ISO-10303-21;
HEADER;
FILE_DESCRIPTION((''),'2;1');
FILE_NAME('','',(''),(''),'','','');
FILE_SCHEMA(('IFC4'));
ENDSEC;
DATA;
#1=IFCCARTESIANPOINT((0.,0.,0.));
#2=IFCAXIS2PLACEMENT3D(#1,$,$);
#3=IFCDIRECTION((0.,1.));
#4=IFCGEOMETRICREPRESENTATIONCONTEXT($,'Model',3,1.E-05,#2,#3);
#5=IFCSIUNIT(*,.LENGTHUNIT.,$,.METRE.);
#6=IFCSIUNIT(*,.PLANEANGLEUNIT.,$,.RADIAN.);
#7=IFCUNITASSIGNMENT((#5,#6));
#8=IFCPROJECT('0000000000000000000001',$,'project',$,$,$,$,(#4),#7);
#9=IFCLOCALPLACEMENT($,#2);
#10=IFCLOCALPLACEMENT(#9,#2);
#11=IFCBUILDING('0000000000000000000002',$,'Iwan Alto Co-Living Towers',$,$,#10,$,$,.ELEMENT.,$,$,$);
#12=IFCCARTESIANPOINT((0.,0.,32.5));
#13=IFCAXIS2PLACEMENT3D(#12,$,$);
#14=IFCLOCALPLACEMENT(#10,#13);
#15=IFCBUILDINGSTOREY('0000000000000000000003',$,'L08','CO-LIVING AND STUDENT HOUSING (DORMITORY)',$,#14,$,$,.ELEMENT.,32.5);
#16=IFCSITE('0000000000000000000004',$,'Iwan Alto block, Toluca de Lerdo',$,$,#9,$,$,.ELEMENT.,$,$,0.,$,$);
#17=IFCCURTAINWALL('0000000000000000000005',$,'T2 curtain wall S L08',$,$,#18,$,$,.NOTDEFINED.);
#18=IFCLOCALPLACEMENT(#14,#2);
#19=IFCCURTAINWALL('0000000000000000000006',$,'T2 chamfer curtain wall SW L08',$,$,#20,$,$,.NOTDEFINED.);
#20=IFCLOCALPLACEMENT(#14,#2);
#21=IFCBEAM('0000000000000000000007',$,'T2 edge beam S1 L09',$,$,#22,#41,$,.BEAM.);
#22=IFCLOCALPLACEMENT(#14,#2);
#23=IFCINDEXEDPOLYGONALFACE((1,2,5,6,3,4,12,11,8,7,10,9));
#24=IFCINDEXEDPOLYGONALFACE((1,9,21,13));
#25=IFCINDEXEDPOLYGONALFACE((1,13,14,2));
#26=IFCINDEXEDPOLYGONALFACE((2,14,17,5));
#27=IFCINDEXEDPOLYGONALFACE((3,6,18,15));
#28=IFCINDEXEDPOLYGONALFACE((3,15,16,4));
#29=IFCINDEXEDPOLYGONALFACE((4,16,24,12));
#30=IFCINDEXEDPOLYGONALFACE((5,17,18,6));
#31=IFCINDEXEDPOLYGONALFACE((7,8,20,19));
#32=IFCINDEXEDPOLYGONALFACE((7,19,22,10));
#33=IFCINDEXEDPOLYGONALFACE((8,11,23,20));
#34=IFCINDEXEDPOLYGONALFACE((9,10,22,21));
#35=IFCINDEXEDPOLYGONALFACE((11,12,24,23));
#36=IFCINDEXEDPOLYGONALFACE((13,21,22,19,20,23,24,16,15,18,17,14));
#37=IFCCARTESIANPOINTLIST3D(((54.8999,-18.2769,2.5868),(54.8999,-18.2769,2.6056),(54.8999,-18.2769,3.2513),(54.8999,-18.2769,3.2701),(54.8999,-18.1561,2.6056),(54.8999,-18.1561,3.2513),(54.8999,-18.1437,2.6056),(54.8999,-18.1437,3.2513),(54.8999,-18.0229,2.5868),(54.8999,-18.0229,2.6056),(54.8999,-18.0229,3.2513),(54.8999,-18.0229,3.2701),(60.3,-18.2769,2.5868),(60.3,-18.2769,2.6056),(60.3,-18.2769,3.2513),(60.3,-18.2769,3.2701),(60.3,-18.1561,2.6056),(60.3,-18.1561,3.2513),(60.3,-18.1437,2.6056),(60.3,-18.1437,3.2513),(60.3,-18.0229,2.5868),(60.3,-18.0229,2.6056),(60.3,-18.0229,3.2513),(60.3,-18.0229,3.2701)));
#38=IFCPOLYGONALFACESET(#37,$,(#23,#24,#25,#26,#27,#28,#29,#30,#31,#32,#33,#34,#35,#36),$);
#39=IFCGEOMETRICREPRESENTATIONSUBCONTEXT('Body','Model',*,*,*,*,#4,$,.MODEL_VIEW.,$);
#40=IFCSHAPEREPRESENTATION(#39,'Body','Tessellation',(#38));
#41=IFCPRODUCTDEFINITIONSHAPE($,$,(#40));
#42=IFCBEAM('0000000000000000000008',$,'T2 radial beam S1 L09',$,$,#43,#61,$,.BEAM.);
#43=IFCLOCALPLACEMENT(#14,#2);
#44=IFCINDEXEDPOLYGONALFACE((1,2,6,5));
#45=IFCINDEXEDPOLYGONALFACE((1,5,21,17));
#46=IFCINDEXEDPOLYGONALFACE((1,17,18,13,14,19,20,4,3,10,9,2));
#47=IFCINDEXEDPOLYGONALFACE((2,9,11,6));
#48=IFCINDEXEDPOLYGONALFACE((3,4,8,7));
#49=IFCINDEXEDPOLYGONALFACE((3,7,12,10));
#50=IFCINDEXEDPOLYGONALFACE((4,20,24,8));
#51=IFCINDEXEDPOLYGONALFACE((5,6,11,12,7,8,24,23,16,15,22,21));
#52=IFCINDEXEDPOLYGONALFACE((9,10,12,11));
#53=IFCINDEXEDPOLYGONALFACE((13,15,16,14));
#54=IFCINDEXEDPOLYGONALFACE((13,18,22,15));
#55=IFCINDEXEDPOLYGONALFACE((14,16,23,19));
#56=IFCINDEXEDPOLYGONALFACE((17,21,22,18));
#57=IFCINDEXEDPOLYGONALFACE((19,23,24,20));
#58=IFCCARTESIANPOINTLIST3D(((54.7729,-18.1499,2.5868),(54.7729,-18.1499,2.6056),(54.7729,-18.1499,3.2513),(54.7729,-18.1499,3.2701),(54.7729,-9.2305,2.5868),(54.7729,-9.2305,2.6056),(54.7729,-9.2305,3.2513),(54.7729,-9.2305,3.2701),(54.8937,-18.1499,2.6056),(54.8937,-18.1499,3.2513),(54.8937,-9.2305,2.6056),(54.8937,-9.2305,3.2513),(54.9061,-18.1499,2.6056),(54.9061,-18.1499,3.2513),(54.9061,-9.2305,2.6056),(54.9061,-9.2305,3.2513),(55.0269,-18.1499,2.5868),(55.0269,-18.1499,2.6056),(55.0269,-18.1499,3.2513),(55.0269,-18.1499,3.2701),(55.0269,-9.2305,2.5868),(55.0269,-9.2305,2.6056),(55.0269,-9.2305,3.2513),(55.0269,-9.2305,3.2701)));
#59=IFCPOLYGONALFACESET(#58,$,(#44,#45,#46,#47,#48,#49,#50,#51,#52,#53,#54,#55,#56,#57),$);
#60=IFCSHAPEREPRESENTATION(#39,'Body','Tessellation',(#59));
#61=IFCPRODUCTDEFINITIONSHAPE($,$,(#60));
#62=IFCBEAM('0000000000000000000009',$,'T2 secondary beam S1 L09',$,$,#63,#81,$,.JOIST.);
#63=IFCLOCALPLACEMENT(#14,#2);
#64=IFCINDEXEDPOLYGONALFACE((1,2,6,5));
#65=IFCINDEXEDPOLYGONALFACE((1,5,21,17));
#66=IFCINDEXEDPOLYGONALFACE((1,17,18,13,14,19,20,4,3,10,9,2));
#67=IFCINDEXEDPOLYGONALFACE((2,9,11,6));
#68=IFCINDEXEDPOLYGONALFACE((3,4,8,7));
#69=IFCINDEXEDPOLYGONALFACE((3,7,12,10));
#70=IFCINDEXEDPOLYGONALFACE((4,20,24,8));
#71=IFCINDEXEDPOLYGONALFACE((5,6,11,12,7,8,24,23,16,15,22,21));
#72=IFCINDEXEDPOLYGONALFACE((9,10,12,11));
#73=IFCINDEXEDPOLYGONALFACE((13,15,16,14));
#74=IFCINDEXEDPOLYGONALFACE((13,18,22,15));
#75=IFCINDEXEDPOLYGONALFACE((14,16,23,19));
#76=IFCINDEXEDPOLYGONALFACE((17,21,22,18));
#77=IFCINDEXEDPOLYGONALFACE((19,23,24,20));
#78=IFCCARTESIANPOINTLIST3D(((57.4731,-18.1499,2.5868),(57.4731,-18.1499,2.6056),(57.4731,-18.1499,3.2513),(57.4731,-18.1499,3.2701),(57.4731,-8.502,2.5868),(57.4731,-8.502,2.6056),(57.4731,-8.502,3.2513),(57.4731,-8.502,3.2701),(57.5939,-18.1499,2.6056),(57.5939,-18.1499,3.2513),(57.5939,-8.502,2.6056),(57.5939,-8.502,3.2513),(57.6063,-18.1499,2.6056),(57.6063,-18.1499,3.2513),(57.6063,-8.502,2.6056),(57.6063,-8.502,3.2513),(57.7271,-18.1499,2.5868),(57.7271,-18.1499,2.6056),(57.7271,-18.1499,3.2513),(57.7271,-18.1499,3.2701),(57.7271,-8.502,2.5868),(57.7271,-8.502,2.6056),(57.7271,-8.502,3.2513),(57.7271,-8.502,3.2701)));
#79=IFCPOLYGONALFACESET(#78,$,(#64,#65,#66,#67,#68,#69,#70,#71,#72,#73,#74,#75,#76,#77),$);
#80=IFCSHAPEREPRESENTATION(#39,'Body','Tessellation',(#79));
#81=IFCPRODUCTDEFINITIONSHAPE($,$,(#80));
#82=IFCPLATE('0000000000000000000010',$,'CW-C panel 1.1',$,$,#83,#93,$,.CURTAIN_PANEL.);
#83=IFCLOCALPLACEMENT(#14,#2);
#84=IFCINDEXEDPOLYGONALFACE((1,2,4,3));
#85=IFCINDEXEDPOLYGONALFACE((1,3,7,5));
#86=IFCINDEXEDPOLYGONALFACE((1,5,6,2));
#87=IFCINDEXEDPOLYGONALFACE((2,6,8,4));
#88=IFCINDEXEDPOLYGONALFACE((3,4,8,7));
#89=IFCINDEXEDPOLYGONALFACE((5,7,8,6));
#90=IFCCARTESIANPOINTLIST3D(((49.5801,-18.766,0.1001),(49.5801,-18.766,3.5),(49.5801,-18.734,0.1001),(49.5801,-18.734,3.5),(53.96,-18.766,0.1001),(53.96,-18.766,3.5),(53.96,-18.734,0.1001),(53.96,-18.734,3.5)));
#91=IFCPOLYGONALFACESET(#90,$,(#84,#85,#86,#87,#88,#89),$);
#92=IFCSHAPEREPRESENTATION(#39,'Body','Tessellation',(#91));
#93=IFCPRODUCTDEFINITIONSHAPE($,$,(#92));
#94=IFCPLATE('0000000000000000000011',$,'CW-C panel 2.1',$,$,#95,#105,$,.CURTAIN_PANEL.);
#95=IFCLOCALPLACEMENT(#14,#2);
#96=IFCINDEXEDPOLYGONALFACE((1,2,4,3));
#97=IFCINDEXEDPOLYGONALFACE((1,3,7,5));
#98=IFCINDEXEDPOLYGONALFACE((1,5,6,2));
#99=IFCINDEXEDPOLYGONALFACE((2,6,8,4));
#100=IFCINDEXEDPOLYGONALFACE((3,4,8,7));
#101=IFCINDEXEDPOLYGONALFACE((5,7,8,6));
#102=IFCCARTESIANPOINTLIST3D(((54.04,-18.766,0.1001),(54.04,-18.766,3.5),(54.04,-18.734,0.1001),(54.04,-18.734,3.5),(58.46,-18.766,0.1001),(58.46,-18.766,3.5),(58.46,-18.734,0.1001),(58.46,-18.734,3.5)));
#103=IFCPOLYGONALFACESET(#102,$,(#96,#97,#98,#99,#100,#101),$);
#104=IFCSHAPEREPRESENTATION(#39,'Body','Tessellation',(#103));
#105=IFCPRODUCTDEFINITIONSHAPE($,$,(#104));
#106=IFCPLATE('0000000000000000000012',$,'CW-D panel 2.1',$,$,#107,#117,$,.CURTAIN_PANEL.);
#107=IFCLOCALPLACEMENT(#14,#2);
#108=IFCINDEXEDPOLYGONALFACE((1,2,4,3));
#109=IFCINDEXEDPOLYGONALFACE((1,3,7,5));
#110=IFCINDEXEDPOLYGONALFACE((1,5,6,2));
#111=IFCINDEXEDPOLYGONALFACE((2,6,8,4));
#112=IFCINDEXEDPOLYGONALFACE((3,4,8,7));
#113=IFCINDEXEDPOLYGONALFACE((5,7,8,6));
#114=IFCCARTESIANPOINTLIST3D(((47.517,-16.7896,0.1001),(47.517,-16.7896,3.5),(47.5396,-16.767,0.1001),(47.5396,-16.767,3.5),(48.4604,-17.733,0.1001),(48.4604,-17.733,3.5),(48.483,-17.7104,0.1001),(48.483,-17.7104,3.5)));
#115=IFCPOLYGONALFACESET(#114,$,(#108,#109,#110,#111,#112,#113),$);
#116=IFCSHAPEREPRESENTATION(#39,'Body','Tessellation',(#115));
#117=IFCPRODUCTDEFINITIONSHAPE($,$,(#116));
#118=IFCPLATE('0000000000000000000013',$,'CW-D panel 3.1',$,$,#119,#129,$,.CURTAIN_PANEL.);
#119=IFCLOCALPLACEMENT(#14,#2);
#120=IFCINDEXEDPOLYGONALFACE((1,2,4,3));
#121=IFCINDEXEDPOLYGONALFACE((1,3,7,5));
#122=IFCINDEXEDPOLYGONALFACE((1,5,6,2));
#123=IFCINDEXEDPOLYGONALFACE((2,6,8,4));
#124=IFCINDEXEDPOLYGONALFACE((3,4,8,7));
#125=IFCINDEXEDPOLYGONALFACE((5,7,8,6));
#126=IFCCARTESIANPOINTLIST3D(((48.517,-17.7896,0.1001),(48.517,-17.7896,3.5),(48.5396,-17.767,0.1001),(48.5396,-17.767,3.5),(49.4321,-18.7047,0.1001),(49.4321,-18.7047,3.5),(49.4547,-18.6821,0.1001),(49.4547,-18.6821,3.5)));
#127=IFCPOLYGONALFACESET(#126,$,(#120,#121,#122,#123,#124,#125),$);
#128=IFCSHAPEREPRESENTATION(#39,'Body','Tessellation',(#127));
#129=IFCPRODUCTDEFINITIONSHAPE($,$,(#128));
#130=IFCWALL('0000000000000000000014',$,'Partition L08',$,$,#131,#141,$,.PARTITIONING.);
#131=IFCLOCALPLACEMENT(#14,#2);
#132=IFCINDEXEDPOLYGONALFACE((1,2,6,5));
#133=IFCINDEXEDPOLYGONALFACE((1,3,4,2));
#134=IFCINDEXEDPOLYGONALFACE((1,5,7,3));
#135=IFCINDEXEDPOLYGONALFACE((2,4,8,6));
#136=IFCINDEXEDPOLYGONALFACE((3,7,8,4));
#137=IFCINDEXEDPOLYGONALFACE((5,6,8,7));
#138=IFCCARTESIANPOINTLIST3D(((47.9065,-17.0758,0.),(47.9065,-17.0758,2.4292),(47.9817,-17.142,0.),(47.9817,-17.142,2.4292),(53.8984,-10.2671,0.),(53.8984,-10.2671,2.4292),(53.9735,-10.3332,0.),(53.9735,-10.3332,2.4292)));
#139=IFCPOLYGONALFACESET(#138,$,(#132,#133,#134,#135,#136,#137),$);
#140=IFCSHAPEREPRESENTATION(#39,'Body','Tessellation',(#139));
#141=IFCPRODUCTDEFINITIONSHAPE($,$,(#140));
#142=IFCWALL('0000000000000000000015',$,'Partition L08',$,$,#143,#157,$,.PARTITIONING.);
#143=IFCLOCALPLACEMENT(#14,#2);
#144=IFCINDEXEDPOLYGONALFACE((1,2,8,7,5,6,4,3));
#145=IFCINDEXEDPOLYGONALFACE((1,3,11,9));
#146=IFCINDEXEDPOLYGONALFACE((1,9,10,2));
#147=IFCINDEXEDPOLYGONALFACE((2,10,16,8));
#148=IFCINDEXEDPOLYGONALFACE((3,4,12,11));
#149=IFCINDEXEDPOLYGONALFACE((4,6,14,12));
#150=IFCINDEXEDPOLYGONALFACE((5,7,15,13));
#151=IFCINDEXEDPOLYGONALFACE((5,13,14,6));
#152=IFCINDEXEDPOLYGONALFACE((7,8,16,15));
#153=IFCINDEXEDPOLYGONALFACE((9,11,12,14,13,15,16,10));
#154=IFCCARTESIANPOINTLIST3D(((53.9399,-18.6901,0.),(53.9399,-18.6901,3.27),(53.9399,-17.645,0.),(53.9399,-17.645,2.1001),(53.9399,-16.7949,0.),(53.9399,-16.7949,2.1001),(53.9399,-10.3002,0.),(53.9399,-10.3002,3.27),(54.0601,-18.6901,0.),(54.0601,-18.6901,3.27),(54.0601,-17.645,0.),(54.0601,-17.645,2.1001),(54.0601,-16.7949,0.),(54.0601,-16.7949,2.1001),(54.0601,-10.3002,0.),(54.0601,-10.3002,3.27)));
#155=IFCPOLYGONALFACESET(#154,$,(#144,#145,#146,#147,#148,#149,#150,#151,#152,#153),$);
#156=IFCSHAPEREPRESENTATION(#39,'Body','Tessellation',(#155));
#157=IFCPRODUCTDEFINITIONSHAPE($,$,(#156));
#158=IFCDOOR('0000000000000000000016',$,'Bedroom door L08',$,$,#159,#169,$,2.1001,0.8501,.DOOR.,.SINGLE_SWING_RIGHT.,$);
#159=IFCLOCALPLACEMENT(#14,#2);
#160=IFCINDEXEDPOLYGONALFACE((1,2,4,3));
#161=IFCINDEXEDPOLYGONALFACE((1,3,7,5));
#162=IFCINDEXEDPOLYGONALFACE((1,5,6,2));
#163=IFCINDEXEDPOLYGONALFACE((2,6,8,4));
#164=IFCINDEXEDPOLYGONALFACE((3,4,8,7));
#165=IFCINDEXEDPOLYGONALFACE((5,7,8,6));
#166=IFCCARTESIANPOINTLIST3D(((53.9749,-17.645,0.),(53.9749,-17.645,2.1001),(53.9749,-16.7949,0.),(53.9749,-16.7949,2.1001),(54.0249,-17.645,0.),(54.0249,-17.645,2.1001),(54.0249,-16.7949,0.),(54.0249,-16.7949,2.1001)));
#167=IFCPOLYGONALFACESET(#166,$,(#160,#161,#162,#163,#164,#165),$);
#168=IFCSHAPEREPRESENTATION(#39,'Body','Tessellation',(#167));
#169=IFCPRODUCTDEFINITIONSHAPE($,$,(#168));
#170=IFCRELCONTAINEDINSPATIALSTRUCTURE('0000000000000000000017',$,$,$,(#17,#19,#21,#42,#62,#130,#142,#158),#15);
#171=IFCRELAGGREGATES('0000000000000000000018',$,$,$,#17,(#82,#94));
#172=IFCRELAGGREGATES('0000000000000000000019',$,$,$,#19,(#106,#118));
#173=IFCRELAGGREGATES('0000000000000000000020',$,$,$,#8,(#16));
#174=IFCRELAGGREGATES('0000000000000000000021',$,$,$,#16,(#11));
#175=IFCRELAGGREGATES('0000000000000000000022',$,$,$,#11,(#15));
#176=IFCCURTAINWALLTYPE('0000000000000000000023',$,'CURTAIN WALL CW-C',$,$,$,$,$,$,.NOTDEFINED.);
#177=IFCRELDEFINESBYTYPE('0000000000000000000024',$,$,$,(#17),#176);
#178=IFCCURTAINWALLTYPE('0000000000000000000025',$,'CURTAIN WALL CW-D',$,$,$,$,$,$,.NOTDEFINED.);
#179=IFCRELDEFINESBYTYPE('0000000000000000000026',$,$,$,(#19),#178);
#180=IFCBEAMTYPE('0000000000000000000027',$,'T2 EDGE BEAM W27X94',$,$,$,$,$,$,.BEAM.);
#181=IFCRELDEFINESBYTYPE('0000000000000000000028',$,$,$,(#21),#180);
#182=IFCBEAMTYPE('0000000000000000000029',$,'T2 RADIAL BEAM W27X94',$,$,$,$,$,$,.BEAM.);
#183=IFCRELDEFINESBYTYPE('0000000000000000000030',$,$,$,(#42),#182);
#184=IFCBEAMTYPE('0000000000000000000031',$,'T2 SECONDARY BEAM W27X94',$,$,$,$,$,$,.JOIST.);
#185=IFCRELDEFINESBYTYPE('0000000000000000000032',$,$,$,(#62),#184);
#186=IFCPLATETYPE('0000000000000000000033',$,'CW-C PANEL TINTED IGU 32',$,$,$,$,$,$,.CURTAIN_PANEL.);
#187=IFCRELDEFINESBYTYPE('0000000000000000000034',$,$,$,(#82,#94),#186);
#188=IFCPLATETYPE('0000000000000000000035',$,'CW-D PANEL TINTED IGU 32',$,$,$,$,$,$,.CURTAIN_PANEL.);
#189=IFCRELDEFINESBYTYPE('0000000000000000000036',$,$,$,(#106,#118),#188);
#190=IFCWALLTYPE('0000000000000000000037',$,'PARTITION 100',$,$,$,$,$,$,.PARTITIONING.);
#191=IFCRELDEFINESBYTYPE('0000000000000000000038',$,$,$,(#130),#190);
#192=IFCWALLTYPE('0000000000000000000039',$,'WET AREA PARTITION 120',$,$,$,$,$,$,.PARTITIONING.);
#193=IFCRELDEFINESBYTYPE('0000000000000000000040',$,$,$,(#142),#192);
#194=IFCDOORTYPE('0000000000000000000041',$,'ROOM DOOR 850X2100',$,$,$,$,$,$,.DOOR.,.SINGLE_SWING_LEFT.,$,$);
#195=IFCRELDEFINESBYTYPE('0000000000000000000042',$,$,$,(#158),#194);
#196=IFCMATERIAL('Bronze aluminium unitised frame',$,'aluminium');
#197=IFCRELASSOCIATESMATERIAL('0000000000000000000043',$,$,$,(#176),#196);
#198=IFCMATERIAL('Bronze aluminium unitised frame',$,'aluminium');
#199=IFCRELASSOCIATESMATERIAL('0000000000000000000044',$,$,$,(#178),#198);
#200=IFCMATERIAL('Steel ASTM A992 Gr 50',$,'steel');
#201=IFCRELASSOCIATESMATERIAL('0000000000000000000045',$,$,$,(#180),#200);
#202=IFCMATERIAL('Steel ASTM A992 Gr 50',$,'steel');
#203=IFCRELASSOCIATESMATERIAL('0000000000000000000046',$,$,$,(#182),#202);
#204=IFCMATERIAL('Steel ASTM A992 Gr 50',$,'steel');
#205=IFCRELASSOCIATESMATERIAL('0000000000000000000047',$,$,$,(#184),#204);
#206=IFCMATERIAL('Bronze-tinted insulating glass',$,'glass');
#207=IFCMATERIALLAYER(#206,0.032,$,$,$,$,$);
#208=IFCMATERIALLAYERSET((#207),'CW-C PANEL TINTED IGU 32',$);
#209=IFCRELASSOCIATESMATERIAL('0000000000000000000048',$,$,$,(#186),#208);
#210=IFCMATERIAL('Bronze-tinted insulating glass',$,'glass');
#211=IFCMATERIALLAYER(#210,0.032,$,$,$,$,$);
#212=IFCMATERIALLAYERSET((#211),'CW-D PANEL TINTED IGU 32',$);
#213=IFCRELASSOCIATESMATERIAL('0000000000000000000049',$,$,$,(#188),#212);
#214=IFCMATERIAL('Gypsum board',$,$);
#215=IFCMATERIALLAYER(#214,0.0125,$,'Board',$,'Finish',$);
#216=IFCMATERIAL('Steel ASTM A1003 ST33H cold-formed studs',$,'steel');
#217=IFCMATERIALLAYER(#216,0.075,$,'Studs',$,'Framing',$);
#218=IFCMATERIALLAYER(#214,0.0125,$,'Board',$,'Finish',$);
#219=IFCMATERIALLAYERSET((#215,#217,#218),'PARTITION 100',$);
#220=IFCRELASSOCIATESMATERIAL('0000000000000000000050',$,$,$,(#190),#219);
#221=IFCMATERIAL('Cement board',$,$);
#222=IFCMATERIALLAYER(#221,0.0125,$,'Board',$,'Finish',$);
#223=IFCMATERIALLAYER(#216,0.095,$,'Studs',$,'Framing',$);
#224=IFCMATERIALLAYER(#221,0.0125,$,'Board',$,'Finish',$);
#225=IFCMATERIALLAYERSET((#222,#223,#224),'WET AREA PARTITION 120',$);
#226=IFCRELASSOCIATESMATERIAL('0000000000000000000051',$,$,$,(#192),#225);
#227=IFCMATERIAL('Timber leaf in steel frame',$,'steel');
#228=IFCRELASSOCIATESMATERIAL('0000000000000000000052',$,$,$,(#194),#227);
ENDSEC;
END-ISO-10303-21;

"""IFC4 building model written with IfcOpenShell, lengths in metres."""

from ifc_helpers import new_model, si_unit, direction, frame, frame_2d, origin, origin_2d, place, context, subcontext, project, spatial, rectangle, i_section, extrude, material, layer, layer_set, material_profile, profile_set, type_object, element, fill, aggregate, save


model = new_model("IFC4")

# Units and contexts
model_context = context("Model", 3, precision=1e-05, world=origin(), true_north=direction((0.0, 1.0)))
body_context = subcontext(model_context, "Body", "Model", "MODEL_VIEW")
ifc_project = project(units=[si_unit("LENGTHUNIT", "METRE"), si_unit("PLANEANGLEUNIT", "RADIAN")], contexts=[model_context])

# Site, building, storey
site_placement = place(None, origin())
site = spatial("IfcSite", under=ifc_project, at=site_placement, Name="Iwan Alto block, Toluca de Lerdo", CompositionType="ELEMENT", RefElevation=0.0)
building_placement = place(site_placement, origin())
building = spatial("IfcBuilding", under=site, at=building_placement, Name="Iwan Alto Co-Living Towers", CompositionType="ELEMENT")
storey_placement = place(building_placement, frame((0.0, 0.0, 32.5)))
storey = spatial("IfcBuildingStorey", under=building, at=storey_placement, Name="L08", Description="CO-LIVING AND STUDENT HOUSING (DORMITORY)", CompositionType="ELEMENT", Elevation=32.5)

# Curtain walls
ifc_material_1 = material(Name="Bronze aluminium unitised frame", Category="aluminium")
curtain_wall_type_1 = type_object("IfcCurtainWallType", Name="CURTAIN WALL CW-C", PredefinedType="NOTDEFINED", material=ifc_material_1)
curtain_wall_1_placement = place(storey_placement, origin())
curtain_wall_1 = element("IfcCurtainWall", 1, at=curtain_wall_1_placement, inside=storey, type_object=curtain_wall_type_1, Name="T2 curtain wall S L08", PredefinedType="NOTDEFINED")
ifc_material_2 = material(Name="Bronze aluminium unitised frame", Category="aluminium")
curtain_wall_type_2 = type_object("IfcCurtainWallType", Name="CURTAIN WALL CW-D", PredefinedType="NOTDEFINED", material=ifc_material_2)
curtain_wall_2_placement = place(storey_placement, origin())
curtain_wall_2 = element("IfcCurtainWall", 2, at=curtain_wall_2_placement, inside=storey, type_object=curtain_wall_type_2, Name="T2 chamfer curtain wall SW L08", PredefinedType="NOTDEFINED")

# Beams
ifc_material_3 = material(Name="Steel ASTM A992 Gr 50", Category="steel")
ifc_material_profile_1 = material_profile(ifc_material_3, i_section(OverallWidth=0.2539, OverallDepth=0.6833, WebThickness=0.0125, FlangeThickness=0.0188, at=origin_2d()), Name="W27X94")
ifc_profile_set_1 = profile_set([ifc_material_profile_1], Name="Steel ASTM A992 Gr 50")
beam_type_1 = type_object("IfcBeamType", Name="T2 EDGE BEAM W27X94", PredefinedType="BEAM", material=ifc_profile_set_1)
beam_1_placement = place(storey_placement, frame((54.8999, -18.1499, 2.9285), z_axis=(1.0, 0.0, 0.0), x_axis=(0.0, 1.0, 0.0)))
element("IfcBeam", 3, at=beam_1_placement, inside=storey, type_object=beam_type_1, Name="T2 edge beam S1 L09", PredefinedType="BEAM", context=body_context, shape_type="SweptSolid", body=[
    extrude(i_section(OverallWidth=0.2539, OverallDepth=0.6833, WebThickness=0.0125, FlangeThickness=0.0188, at=origin_2d()), origin(), (0.0, 0.0, 1.0), 5.4001),
])
ifc_material_4 = material(Name="Steel ASTM A992 Gr 50", Category="steel")
ifc_material_profile_2 = material_profile(ifc_material_4, i_section(OverallWidth=0.2539, OverallDepth=0.6833, WebThickness=0.0125, FlangeThickness=0.0188, at=origin_2d()), Name="W27X94")
ifc_profile_set_2 = profile_set([ifc_material_profile_2], Name="Steel ASTM A992 Gr 50")
beam_type_2 = type_object("IfcBeamType", Name="T2 RADIAL BEAM W27X94", PredefinedType="BEAM", material=ifc_profile_set_2)
beam_2_placement = place(storey_placement, frame((54.8999, -18.1499, 2.9285), z_axis=(0.0, 1.0, 0.0), x_axis=(-1.0, 0.0, 0.0)))
element("IfcBeam", 4, at=beam_2_placement, inside=storey, type_object=beam_type_2, Name="T2 radial beam S1 L09", PredefinedType="BEAM", context=body_context, shape_type="SweptSolid", body=[
    extrude(i_section(OverallWidth=0.2539, OverallDepth=0.6833, WebThickness=0.0125, FlangeThickness=0.0188, at=origin_2d()), origin(), (0.0, 0.0, 1.0), 8.9194),
])
ifc_material_5 = material(Name="Steel ASTM A992 Gr 50", Category="steel")
ifc_material_profile_3 = material_profile(ifc_material_5, i_section(OverallWidth=0.2539, OverallDepth=0.6833, WebThickness=0.0125, FlangeThickness=0.0188, at=origin_2d()), Name="W27X94")
ifc_profile_set_3 = profile_set([ifc_material_profile_3], Name="Steel ASTM A992 Gr 50")
beam_type_3 = type_object("IfcBeamType", Name="T2 SECONDARY BEAM W27X94", PredefinedType="JOIST", material=ifc_profile_set_3)
beam_3_placement = place(storey_placement, frame((57.6001, -18.1499, 2.9285), z_axis=(0.0, 1.0, 0.0), x_axis=(-1.0, 0.0, 0.0)))
element("IfcBeam", 5, at=beam_3_placement, inside=storey, type_object=beam_type_3, Name="T2 secondary beam S1 L09", PredefinedType="JOIST", context=body_context, shape_type="SweptSolid", body=[
    extrude(i_section(OverallWidth=0.2539, OverallDepth=0.6833, WebThickness=0.0125, FlangeThickness=0.0188, at=origin_2d()), origin(), (0.0, 0.0, 1.0), 9.6479),
])

# Plates
ifc_material_6 = material(Name="Bronze-tinted insulating glass", Category="glass")
ifc_layer_1 = layer(ifc_material_6, 0.032)
ifc_layer_set_1 = layer_set([ifc_layer_1], Name="CW-C PANEL TINTED IGU 32")
plate_type_1 = type_object("IfcPlateType", Name="CW-C PANEL TINTED IGU 32", PredefinedType="CURTAIN_PANEL", material=ifc_layer_set_1)
plate_1_placement = place(storey_placement, frame((51.77, -18.75, 0.1001), z_axis=(0.0, 0.0, 1.0), x_axis=(1.0, 0.0, 0.0)))
plate_1 = element("IfcPlate", 6, at=plate_1_placement, type_object=plate_type_1, Name="CW-C panel 1.1", PredefinedType="CURTAIN_PANEL", context=body_context, shape_type="SweptSolid", body=[
    extrude(rectangle(XDim=4.3799, YDim=0.032, at=origin_2d()), origin(), (0.0, 0.0, 1.0), 3.3999),
])
plate_2_placement = place(storey_placement, frame((56.25, -18.75, 0.1001), z_axis=(0.0, 0.0, 1.0), x_axis=(1.0, 0.0, 0.0)))
plate_2 = element("IfcPlate", 7, at=plate_2_placement, type_object=plate_type_1, Name="CW-C panel 2.1", PredefinedType="CURTAIN_PANEL", context=body_context, shape_type="SweptSolid", body=[
    extrude(rectangle(XDim=4.4199, YDim=0.032, at=origin_2d()), origin(), (0.0, 0.0, 1.0), 3.3999),
])
aggregate(curtain_wall_1, [plate_1, plate_2])
ifc_material_7 = material(Name="Bronze-tinted insulating glass", Category="glass")
ifc_layer_2 = layer(ifc_material_7, 0.032)
ifc_layer_set_2 = layer_set([ifc_layer_2], Name="CW-D PANEL TINTED IGU 32")
plate_type_2 = type_object("IfcPlateType", Name="CW-D PANEL TINTED IGU 32", PredefinedType="CURTAIN_PANEL", material=ifc_layer_set_2)
plate_3_placement = place(storey_placement, frame((48.0, -17.25, 0.1001), z_axis=(0.0, 0.0, 1.0), x_axis=(0.707107, -0.707107, 0.0)))
plate_3 = element("IfcPlate", 8, at=plate_3_placement, type_object=plate_type_2, Name="CW-D panel 2.1", PredefinedType="CURTAIN_PANEL", context=body_context, shape_type="SweptSolid", body=[
    extrude(rectangle(XDim=1.3342, YDim=0.032, at=origin_2d()), origin(), (0.0, 0.0, 1.0), 3.3999),
])
plate_4_placement = place(storey_placement, frame((48.9858, -18.2358, 0.1001), z_axis=(0.0, 0.0, 1.0), x_axis=(0.707107, -0.707107, 0.0)))
plate_4 = element("IfcPlate", 9, at=plate_4_placement, type_object=plate_type_2, Name="CW-D panel 3.1", PredefinedType="CURTAIN_PANEL", context=body_context, shape_type="SweptSolid", body=[
    extrude(rectangle(XDim=1.2942, YDim=0.032, at=origin_2d()), origin(), (0.0, 0.0, 1.0), 3.3999),
])
aggregate(curtain_wall_2, [plate_3, plate_4])

# Wall
ifc_material_8 = material(Name="Gypsum board")
ifc_layer_3 = layer(ifc_material_8, 0.0125, Name="Board", Category="Finish")
ifc_material_9 = material(Name="Steel ASTM A1003 ST33H cold-formed studs", Category="steel")
ifc_layer_4 = layer(ifc_material_9, 0.075, Name="Studs", Category="Framing")
ifc_layer_5 = layer(ifc_material_8, 0.0125, Name="Board", Category="Finish")
ifc_layer_set_3 = layer_set([ifc_layer_3, ifc_layer_4, ifc_layer_5], Name="PARTITION 100")
wall_type_1 = type_object("IfcWallType", Name="PARTITION 100", PredefinedType="PARTITIONING", material=ifc_layer_set_3)
wall_1_placement = place(storey_placement, frame((47.9441, -17.1089, 0.0), z_axis=(0.0, 0.0, 1.0), x_axis=(0.660638, 0.750704, 0.0)))
element("IfcWall", 10, at=wall_1_placement, inside=storey, type_object=wall_type_1, Name="Partition L08", PredefinedType="PARTITIONING", context=body_context, shape_type="SweptSolid", body=[
    extrude(rectangle(XDim=9.0698, YDim=0.1001, at=frame_2d((4.5349, 0.0))), origin(), (0.0, 0.0, 1.0), 2.4292),
])

# Wall, opening, door
ifc_material_10 = material(Name="Cement board")
ifc_layer_6 = layer(ifc_material_10, 0.0125, Name="Board", Category="Finish")
ifc_layer_7 = layer(ifc_material_9, 0.095, Name="Studs", Category="Framing")
ifc_layer_8 = layer(ifc_material_10, 0.0125, Name="Board", Category="Finish")
ifc_layer_set_4 = layer_set([ifc_layer_6, ifc_layer_7, ifc_layer_8], Name="WET AREA PARTITION 120")
wall_type_2 = type_object("IfcWallType", Name="WET AREA PARTITION 120", PredefinedType="PARTITIONING", material=ifc_layer_set_4)
wall_2_placement = place(storey_placement, frame((54.0, -18.6899, 0.0), z_axis=(0.0, 0.0, 1.0), x_axis=(0.0, 1.0, 0.0)))
wall_2 = element("IfcWall", 11, at=wall_2_placement, inside=storey, type_object=wall_type_2, Name="Partition L08", PredefinedType="PARTITIONING", context=body_context, shape_type="SweptSolid", body=[
    extrude(rectangle(XDim=8.3899, YDim=0.1201, at=frame_2d((4.1948, 0.0))), origin(), (0.0, 0.0, 1.0), 3.27),
])
opening_placement = place(wall_2_placement, frame((1.0449, 0.0, 0.0)))
opening = element("IfcOpeningElement", 12, at=opening_placement, cuts=wall_2, PredefinedType="OPENING", context=body_context, shape_type="SweptSolid", body=[
    extrude(rectangle(XDim=0.8501, YDim=2.1001, at=frame_2d((0.425, 1.05))), frame((0.0, 0.0701, 0.0), z_axis=(0.0, -1.0, 0.0), x_axis=(1.0, 0.0, 0.0)), (0.0, 0.0, 1.0), 0.1401),
])
ifc_material_11 = material(Name="Timber leaf in steel frame", Category="steel")
door_type = type_object("IfcDoorType", Name="ROOM DOOR 850X2100", OperationType="SINGLE_SWING_LEFT", PredefinedType="DOOR", material=ifc_material_11)
door_placement = place(opening_placement, frame((0.8501, 0.0, 0.0), z_axis=(0.0, 0.0, 1.0), x_axis=(-1.0, 0.0, 0.0)))
door = element("IfcDoor", 13, at=door_placement, inside=storey, type_object=door_type, Name="Bedroom door L08", OperationType="SINGLE_SWING_RIGHT", OverallHeight=2.1001, OverallWidth=0.8501, PredefinedType="DOOR", context=body_context, shape_type="SweptSolid", body=[
    extrude(rectangle(XDim=0.8501, YDim=2.1001, at=frame_2d((0.425, 1.05))), frame((0.0, 0.0249, 0.0), z_axis=(0.0, -1.0, 0.0), x_axis=(1.0, 0.0, 0.0)), (0.0, 0.0, 1.0), 0.05),
])
fill(opening, door)

save(model, "model.ifc")
